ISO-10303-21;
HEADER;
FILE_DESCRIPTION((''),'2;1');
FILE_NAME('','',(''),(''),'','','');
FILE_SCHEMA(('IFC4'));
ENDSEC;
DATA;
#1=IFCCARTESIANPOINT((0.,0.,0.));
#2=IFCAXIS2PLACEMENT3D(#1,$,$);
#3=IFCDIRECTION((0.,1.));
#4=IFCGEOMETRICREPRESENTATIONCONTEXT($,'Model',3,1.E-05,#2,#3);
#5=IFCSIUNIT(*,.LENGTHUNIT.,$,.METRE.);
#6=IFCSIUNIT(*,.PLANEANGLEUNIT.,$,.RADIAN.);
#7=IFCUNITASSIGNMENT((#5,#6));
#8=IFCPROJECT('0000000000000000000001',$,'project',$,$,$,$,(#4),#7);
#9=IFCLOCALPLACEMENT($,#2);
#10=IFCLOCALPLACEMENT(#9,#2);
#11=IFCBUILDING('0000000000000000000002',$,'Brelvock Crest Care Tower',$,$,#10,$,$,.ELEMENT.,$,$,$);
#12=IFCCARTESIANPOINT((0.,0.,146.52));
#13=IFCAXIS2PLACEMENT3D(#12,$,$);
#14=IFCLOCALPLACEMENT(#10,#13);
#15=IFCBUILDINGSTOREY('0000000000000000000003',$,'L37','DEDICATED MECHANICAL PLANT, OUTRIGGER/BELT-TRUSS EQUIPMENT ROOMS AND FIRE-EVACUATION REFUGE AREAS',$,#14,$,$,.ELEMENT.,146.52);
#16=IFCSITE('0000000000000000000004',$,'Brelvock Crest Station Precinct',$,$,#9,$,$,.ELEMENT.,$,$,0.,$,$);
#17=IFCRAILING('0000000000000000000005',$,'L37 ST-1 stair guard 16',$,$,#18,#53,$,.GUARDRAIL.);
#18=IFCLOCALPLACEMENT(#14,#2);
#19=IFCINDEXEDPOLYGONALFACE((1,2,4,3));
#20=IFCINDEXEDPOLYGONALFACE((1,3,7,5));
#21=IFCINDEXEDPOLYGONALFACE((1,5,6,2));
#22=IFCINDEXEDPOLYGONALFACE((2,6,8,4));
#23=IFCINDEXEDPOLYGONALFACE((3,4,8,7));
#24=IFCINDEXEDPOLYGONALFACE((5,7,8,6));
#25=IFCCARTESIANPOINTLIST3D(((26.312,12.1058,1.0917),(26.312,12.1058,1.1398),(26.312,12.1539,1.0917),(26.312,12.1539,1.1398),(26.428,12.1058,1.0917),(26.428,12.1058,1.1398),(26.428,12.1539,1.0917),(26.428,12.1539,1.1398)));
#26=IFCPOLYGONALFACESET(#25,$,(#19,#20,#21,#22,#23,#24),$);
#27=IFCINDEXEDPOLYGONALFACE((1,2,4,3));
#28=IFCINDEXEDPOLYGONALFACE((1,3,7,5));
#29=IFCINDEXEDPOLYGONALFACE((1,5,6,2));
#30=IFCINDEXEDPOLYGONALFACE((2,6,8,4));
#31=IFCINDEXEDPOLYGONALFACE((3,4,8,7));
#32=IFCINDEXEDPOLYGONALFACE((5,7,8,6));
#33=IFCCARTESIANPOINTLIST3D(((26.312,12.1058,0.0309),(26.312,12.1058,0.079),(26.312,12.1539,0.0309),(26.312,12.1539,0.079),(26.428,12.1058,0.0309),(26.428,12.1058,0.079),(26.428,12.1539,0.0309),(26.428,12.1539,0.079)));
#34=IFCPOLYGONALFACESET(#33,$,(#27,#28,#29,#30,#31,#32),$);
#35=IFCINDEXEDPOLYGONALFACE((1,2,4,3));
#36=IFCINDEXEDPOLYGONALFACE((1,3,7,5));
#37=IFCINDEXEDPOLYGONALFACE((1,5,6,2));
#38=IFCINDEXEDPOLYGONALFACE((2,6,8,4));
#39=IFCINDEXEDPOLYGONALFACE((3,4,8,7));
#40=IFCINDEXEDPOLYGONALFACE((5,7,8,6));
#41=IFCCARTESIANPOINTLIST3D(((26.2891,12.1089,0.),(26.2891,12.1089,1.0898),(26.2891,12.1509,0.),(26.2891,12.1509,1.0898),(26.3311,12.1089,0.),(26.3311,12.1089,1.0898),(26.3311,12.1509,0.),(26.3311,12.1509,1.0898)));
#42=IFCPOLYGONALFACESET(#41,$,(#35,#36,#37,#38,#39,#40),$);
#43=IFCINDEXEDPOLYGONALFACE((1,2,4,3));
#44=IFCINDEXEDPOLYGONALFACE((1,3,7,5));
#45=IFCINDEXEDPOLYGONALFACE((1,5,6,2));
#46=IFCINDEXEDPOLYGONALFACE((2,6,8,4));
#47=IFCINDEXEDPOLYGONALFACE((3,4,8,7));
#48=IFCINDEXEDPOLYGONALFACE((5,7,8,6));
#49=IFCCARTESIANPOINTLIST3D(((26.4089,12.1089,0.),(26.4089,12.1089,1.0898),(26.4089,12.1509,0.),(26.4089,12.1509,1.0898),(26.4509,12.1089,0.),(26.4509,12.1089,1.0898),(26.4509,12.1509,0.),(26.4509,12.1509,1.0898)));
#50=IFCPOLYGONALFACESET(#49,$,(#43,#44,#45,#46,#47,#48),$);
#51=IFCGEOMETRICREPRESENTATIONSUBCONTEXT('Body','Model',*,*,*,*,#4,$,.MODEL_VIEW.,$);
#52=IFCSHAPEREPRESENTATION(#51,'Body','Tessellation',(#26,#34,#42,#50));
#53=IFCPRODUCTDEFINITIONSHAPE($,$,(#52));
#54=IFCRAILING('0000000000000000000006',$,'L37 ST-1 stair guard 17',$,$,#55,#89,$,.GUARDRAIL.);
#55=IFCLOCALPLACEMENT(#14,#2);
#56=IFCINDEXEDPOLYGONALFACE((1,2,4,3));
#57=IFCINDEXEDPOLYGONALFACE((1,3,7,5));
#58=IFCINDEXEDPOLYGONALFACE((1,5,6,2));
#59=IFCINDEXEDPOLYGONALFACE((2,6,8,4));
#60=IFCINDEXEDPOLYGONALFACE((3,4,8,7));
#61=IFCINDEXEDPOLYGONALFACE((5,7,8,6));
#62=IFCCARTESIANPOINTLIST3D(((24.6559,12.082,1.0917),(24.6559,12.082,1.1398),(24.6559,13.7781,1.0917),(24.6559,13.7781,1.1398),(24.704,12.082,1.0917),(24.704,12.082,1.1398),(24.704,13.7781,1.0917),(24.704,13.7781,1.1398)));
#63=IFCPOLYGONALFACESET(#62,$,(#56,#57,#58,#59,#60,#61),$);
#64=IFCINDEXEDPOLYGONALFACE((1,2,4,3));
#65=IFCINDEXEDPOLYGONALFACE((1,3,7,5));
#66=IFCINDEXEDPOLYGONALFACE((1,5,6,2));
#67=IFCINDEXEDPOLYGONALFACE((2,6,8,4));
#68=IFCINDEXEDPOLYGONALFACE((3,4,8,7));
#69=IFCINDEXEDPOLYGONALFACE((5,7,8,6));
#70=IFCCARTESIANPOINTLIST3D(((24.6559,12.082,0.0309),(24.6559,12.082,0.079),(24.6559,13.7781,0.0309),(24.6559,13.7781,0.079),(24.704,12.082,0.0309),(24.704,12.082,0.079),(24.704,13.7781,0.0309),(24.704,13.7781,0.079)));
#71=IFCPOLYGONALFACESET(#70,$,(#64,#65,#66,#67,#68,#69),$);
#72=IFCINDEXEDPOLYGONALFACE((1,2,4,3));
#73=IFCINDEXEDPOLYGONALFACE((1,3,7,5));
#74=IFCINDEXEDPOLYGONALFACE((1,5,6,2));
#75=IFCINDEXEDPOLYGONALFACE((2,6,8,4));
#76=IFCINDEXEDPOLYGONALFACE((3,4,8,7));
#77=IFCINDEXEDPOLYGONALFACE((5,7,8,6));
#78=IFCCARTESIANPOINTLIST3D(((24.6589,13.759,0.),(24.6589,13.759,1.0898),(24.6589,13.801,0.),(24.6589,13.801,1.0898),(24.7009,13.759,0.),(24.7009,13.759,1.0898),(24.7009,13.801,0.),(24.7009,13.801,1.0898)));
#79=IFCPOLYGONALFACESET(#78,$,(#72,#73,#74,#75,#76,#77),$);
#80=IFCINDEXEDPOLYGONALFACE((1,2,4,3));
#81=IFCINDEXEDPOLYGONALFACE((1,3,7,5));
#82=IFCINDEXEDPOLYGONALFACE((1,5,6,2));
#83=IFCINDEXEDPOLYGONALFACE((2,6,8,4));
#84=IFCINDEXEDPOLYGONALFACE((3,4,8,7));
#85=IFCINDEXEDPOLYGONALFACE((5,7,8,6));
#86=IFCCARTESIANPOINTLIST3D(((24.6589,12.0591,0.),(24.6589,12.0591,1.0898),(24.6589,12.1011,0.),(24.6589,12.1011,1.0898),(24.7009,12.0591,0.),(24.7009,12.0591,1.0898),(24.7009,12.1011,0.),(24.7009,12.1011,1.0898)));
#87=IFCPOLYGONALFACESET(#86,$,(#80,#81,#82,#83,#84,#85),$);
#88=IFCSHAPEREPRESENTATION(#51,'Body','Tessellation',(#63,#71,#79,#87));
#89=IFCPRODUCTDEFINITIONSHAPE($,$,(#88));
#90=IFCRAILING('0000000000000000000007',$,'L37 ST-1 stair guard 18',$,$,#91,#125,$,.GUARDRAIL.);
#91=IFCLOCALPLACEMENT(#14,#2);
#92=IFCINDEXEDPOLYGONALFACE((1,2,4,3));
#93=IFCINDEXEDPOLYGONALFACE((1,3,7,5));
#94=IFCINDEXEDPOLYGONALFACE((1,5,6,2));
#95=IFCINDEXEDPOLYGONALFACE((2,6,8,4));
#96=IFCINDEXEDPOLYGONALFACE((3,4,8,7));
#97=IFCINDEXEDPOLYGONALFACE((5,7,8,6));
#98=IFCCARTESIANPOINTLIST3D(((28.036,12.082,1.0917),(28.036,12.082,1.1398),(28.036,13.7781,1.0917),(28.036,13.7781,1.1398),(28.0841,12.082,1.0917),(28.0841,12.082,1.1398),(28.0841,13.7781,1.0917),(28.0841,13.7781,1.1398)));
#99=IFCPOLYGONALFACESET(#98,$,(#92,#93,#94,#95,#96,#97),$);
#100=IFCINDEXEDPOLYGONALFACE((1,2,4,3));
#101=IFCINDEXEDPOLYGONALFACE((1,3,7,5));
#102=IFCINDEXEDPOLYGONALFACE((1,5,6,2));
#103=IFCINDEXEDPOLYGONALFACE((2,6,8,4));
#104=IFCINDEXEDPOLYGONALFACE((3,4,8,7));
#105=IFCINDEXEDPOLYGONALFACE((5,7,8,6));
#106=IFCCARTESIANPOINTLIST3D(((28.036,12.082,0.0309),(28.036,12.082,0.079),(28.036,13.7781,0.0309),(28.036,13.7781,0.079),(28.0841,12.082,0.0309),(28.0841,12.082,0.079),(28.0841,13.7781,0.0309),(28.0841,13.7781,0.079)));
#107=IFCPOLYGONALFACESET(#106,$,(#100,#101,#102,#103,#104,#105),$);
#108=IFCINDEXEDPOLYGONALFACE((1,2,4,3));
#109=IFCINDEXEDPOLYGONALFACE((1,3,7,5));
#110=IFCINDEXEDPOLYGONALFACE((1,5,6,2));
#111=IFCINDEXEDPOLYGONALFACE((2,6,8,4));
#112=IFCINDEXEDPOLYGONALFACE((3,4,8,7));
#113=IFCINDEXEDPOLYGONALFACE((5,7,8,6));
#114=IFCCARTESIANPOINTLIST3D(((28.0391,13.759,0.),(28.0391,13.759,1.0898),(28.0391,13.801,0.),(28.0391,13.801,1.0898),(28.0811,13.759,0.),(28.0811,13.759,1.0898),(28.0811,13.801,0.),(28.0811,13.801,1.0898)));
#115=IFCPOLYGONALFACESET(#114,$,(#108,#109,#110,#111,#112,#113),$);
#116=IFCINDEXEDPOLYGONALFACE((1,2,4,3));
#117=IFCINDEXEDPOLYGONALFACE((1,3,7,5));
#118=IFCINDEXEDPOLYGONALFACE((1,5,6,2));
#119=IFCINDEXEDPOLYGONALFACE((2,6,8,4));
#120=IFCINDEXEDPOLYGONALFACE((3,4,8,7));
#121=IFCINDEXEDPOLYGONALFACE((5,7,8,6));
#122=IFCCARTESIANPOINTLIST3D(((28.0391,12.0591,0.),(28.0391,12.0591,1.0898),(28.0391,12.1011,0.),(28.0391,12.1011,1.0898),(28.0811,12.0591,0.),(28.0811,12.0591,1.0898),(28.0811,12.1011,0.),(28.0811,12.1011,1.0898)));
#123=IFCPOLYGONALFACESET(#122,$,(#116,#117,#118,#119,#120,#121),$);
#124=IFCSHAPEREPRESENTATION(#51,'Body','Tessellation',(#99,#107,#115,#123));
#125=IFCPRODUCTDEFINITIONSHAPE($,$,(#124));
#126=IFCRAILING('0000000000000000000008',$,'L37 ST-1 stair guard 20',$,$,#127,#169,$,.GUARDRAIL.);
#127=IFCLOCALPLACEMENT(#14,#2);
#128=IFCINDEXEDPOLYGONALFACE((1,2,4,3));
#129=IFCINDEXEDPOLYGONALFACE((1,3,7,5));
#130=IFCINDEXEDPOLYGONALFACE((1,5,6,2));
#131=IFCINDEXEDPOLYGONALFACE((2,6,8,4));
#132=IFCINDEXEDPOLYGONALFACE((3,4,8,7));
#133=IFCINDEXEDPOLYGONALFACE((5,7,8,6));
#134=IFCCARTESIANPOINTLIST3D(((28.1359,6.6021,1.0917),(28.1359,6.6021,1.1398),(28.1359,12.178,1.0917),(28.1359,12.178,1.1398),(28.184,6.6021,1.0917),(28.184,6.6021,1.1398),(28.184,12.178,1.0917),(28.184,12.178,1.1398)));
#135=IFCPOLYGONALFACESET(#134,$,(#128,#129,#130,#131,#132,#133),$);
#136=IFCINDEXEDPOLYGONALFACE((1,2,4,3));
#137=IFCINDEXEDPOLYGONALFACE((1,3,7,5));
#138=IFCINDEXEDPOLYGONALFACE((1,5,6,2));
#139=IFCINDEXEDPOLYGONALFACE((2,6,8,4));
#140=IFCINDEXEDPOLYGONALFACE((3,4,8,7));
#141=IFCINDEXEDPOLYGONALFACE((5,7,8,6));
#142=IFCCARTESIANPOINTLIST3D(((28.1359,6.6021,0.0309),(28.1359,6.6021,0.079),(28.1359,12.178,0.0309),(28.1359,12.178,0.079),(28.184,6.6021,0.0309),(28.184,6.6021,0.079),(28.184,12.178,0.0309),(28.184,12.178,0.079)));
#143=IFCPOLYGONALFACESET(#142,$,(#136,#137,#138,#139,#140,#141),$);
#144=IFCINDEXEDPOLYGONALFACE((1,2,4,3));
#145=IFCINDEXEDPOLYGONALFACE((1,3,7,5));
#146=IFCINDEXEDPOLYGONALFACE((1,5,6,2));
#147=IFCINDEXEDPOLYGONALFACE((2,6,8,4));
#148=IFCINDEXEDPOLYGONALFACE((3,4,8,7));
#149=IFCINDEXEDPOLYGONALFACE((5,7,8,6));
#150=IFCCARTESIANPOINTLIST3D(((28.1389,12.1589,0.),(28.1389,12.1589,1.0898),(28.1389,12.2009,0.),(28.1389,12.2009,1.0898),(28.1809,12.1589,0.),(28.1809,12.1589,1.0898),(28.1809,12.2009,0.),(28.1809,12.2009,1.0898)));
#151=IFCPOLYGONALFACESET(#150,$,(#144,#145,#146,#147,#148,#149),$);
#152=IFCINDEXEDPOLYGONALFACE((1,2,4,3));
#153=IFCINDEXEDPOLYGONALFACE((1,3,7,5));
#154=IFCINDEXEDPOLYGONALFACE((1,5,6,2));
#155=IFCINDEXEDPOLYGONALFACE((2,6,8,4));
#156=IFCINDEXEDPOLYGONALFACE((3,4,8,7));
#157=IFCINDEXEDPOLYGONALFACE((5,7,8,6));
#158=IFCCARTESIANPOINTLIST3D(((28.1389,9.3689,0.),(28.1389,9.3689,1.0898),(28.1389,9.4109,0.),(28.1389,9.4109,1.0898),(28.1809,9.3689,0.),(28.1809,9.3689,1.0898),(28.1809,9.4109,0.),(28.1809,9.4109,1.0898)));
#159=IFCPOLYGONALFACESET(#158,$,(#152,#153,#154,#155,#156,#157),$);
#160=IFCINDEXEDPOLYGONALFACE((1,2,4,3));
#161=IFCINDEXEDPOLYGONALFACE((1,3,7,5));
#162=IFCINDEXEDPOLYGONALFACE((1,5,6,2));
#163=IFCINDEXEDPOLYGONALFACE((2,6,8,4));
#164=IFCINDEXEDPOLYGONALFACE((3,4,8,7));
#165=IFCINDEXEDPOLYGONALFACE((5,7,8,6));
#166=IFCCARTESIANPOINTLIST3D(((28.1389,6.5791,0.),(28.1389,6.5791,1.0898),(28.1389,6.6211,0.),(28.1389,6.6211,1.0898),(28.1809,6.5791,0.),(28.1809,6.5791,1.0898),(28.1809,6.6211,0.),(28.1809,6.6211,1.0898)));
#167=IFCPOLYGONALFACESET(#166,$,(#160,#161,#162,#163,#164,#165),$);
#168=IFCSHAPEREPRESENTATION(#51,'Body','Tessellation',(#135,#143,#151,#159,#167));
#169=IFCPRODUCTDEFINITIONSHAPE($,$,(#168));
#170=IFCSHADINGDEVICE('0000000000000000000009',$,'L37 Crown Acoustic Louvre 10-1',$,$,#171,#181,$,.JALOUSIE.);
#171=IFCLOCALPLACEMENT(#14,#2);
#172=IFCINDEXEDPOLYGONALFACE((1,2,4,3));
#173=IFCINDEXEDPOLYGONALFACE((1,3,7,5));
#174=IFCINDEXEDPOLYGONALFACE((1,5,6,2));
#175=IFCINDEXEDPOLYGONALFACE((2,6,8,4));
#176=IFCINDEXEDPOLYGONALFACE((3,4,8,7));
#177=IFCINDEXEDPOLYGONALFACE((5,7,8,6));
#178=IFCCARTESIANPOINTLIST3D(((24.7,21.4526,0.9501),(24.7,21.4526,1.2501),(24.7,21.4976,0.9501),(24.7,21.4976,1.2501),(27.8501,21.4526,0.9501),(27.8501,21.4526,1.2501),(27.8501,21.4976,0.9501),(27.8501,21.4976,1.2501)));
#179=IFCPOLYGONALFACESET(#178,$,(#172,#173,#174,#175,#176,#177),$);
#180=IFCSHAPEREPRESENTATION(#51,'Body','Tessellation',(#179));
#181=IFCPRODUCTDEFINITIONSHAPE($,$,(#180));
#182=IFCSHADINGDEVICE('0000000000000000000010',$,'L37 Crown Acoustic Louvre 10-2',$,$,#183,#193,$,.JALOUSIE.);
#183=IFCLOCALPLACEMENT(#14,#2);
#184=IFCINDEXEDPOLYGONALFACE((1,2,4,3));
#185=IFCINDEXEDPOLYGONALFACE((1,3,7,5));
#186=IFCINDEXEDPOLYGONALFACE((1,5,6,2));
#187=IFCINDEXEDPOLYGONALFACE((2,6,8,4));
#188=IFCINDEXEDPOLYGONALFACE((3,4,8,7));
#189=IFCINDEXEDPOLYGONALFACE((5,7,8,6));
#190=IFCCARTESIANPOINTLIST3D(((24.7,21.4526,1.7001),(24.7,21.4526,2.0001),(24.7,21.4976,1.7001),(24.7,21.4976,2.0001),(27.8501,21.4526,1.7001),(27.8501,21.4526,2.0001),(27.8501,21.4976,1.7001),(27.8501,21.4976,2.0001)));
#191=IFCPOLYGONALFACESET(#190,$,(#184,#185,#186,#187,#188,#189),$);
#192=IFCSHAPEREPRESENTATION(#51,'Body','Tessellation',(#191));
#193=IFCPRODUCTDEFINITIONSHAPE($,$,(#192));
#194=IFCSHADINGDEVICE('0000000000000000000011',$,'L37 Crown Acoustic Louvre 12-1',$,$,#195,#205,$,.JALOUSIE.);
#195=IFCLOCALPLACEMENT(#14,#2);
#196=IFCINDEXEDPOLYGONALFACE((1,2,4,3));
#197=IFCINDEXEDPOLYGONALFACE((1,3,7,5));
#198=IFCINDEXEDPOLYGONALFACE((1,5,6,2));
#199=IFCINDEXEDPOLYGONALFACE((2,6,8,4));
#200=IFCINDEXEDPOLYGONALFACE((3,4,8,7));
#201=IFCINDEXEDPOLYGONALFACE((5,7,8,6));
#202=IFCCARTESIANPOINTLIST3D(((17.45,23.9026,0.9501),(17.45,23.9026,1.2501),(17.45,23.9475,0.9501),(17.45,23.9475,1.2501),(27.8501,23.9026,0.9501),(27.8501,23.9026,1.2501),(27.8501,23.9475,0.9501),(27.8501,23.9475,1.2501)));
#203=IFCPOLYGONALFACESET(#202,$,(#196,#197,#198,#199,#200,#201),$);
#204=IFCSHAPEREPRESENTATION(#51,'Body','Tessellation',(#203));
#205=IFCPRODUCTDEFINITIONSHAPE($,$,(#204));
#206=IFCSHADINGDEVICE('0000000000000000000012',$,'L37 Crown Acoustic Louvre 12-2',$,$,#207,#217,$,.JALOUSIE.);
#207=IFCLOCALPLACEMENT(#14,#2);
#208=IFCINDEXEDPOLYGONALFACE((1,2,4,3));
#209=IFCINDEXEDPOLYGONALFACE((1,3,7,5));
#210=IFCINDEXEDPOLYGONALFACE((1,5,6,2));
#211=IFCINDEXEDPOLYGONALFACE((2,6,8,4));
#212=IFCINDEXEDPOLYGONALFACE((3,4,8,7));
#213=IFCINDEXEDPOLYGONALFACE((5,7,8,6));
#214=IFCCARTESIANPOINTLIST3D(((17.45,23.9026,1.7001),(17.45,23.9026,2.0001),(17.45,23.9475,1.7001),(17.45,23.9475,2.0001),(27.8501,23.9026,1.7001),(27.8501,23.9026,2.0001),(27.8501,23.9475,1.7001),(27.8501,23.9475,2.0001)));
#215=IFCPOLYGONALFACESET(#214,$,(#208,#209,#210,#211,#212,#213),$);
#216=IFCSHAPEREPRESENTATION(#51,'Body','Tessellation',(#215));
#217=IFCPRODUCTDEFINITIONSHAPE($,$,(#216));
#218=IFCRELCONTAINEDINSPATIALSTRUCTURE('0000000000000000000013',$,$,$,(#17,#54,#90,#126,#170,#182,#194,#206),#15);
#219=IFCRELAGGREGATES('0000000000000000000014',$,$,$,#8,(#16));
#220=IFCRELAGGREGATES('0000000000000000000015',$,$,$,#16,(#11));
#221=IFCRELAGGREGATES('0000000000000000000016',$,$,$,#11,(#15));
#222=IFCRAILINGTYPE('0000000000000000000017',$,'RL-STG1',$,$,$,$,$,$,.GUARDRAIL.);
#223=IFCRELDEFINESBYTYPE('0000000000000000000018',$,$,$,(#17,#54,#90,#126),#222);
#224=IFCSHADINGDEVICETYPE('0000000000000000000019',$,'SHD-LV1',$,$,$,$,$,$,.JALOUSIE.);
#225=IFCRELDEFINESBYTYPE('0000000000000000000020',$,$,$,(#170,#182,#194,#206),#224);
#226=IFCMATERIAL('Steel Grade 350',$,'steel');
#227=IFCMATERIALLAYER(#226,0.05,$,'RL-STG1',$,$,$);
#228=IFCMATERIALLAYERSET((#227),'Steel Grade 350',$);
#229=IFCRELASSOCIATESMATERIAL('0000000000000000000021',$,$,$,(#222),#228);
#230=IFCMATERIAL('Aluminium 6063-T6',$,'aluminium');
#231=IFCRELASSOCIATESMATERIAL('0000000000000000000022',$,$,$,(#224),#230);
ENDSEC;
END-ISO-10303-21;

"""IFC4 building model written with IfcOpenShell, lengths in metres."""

from ifc_helpers import new_model, si_unit, direction, frame, origin, origin_2d, place, context, subcontext, project, spatial, rectangle, extrude, source, transform, mapped, material, layer, layer_set, material_profile, profile_set, type_object, element, save


model = new_model("IFC4")

# Units and contexts
model_context = context("Model", 3, precision=1e-05, world=origin(), true_north=direction((0.0, 1.0)))
body_context = subcontext(model_context, "Body", "Model", "MODEL_VIEW")
ifc_project = project(units=[si_unit("LENGTHUNIT", "METRE"), si_unit("PLANEANGLEUNIT", "RADIAN")], contexts=[model_context])

# Site, building, storey
site_placement = place(None, origin())
site = spatial("IfcSite", under=ifc_project, at=site_placement, Name="Brelvock Crest Station Precinct", CompositionType="ELEMENT", RefElevation=0.0)
building_placement = place(site_placement, origin())
building = spatial("IfcBuilding", under=site, at=building_placement, Name="Brelvock Crest Care Tower", CompositionType="ELEMENT")
storey_placement = place(building_placement, frame((0.0, 0.0, 146.52)))
storey = spatial("IfcBuildingStorey", under=building, at=storey_placement, Name="L37", Description="DEDICATED MECHANICAL PLANT, OUTRIGGER/BELT-TRUSS EQUIPMENT ROOMS AND FIRE-EVACUATION REFUGE AREAS", CompositionType="ELEMENT", Elevation=146.52)

# Shared definitions
ifc_material_1 = material(Name="Steel Grade 350", Category="steel")

# Railings
ifc_layer_1 = layer(ifc_material_1, 0.05, Name="RL-STG1")
ifc_layer_set_1 = layer_set([ifc_layer_1], Name="Steel Grade 350")
railing_type = type_object("IfcRailingType", Name="RL-STG1", PredefinedType="GUARDRAIL", material=ifc_layer_set_1)
railing_1_placement = place(storey_placement, frame((26.3101, 12.1299, 0.0)))
element("IfcRailing", 1, at=railing_1_placement, inside=storey, type_object=railing_type, Name="L37 ST-1 stair guard 16", PredefinedType="GUARDRAIL", context=body_context, shape_type="SweptSolid", body=[
    extrude(rectangle(XDim=0.0481, YDim=0.0481, at=origin_2d()), frame((0.002, 0.0, 1.1157), z_axis=(1.0, 0.0, 0.0), x_axis=(0.0, 1.0, 0.0)), (0.0, 0.0, 1.0), 0.116),
    extrude(rectangle(XDim=0.0481, YDim=0.0481, at=origin_2d()), frame((0.002, 0.0, 0.0549), z_axis=(1.0, 0.0, 0.0), x_axis=(0.0, 1.0, 0.0)), (0.0, 0.0, 1.0), 0.116),
    extrude(rectangle(XDim=0.042, YDim=0.042, at=origin_2d()), origin(), (0.0, 0.0, 1.0), 1.0898),
    extrude(rectangle(XDim=0.042, YDim=0.042, at=origin_2d()), frame((0.1199, 0.0, 0.0)), (0.0, 0.0, 1.0), 1.0898),
])
for number, where, name in (
    (2, (24.6799, 13.78, 0.0), "L37 ST-1 stair guard 17"),
    (3, (28.0601, 13.78, 0.0), "L37 ST-1 stair guard 18"),
):
    element("IfcRailing", number, at=place(storey_placement, frame(where)), inside=storey, type_object=railing_type, Name=name, PredefinedType="GUARDRAIL", context=body_context, shape_type="SweptSolid", body=[
        extrude(rectangle(XDim=0.0481, YDim=0.0481, at=origin_2d()), frame((0.0, -0.002, 1.1157), z_axis=(0.0, -1.0, 0.0), x_axis=(1.0, 0.0, 0.0)), (0.0, 0.0, 1.0), 1.696),
        extrude(rectangle(XDim=0.0481, YDim=0.0481, at=origin_2d()), frame((0.0, -0.002, 0.0549), z_axis=(0.0, -1.0, 0.0), x_axis=(1.0, 0.0, 0.0)), (0.0, 0.0, 1.0), 1.696),
        extrude(rectangle(XDim=0.042, YDim=0.042, at=origin_2d()), origin(), (0.0, 0.0, 1.0), 1.0898),
        extrude(rectangle(XDim=0.042, YDim=0.042, at=origin_2d()), frame((0.0, -1.7, 0.0)), (0.0, 0.0, 1.0), 1.0898),
    ])
railing_2_placement = place(storey_placement, frame((28.1599, 12.1799, 0.0)))
element("IfcRailing", 4, at=railing_2_placement, inside=storey, type_object=railing_type, Name="L37 ST-1 stair guard 20", PredefinedType="GUARDRAIL", context=body_context, shape_type="SweptSolid", body=[
    extrude(rectangle(XDim=0.0481, YDim=0.0481, at=origin_2d()), frame((0.0, -0.002, 1.1157), z_axis=(0.0, -1.0, 0.0), x_axis=(1.0, 0.0, 0.0)), (0.0, 0.0, 1.0), 5.5759),
    extrude(rectangle(XDim=0.0481, YDim=0.0481, at=origin_2d()), frame((0.0, -0.002, 0.0549), z_axis=(0.0, -1.0, 0.0), x_axis=(1.0, 0.0, 0.0)), (0.0, 0.0, 1.0), 5.5759),
    extrude(rectangle(XDim=0.042, YDim=0.042, at=origin_2d()), origin(), (0.0, 0.0, 1.0), 1.0898),
    extrude(rectangle(XDim=0.042, YDim=0.042, at=origin_2d()), frame((0.0, -2.79, 0.0)), (0.0, 0.0, 1.0), 1.0898),
    extrude(rectangle(XDim=0.042, YDim=0.042, at=origin_2d()), frame((0.0, -5.5798, 0.0)), (0.0, 0.0, 1.0), 1.0898),
])

# Shading devices
ifc_material_2 = material(Name="Aluminium 6063-T6", Category="aluminium")
ifc_material_profile_1 = material_profile(ifc_material_2, rectangle(XDim=0.0449, YDim=0.3, at=origin_2d()), Name="LOUVRE45x300")
ifc_profile_set_1 = profile_set([ifc_material_profile_1], Name="Aluminium 6063-T6")
shading_device_type = type_object("IfcShadingDeviceType", Name="SHD-LV1", PredefinedType="JALOUSIE", material=ifc_profile_set_1)
shared_shape_1 = source(origin(), body_context, "Body", "SweptSolid", [
    extrude(rectangle(XDim=0.0449, YDim=0.3, at=origin_2d()), origin(), (0.0, 0.0, 1.0), 3.1501),
])
for number, where, z_axis, x_axis, name in (
    (5, (24.7, 21.4751, 1.1001), (1.0, 0.0, 0.0), (0.0, 1.0, 0.0), "L37 Crown Acoustic Louvre 10-1"),
    (6, (24.7, 21.4751, 1.8501), (1.0, 0.0, 0.0), (0.0, 1.0, 0.0), "L37 Crown Acoustic Louvre 10-2"),
):
    element("IfcShadingDevice", number, at=place(storey_placement, frame(where, z_axis=z_axis, x_axis=x_axis)), inside=storey, type_object=shading_device_type, Name=name, PredefinedType="JALOUSIE", context=body_context, shape_type="MappedRepresentation", body=[
        mapped(shared_shape_1, transform((0.0, 0.0, 0.0), x_axis=(1.0, 0.0, 0.0), y_axis=(0.0, 1.0, 0.0), z_axis=(0.0, 0.0, 1.0), scale=1.0)),
    ])
shared_shape_2 = source(origin(), body_context, "Body", "SweptSolid", [
    extrude(rectangle(XDim=0.0449, YDim=0.3, at=origin_2d()), origin(), (0.0, 0.0, 1.0), 10.4001),
])
for number, where, z_axis, x_axis, name in (
    (7, (27.8501, 23.925, 1.1001), (-1.0, 0.0, 0.0), (0.0, -1.0, 0.0), "L37 Crown Acoustic Louvre 12-1"),
    (8, (27.8501, 23.925, 1.8501), (-1.0, 0.0, 0.0), (0.0, -1.0, 0.0), "L37 Crown Acoustic Louvre 12-2"),
):
    element("IfcShadingDevice", number, at=place(storey_placement, frame(where, z_axis=z_axis, x_axis=x_axis)), inside=storey, type_object=shading_device_type, Name=name, PredefinedType="JALOUSIE", context=body_context, shape_type="MappedRepresentation", body=[
        mapped(shared_shape_2, transform((0.0, 0.0, 0.0), x_axis=(1.0, 0.0, 0.0), y_axis=(0.0, 1.0, 0.0), z_axis=(0.0, 0.0, 1.0), scale=1.0)),
    ])

save(model, "model.ifc")
